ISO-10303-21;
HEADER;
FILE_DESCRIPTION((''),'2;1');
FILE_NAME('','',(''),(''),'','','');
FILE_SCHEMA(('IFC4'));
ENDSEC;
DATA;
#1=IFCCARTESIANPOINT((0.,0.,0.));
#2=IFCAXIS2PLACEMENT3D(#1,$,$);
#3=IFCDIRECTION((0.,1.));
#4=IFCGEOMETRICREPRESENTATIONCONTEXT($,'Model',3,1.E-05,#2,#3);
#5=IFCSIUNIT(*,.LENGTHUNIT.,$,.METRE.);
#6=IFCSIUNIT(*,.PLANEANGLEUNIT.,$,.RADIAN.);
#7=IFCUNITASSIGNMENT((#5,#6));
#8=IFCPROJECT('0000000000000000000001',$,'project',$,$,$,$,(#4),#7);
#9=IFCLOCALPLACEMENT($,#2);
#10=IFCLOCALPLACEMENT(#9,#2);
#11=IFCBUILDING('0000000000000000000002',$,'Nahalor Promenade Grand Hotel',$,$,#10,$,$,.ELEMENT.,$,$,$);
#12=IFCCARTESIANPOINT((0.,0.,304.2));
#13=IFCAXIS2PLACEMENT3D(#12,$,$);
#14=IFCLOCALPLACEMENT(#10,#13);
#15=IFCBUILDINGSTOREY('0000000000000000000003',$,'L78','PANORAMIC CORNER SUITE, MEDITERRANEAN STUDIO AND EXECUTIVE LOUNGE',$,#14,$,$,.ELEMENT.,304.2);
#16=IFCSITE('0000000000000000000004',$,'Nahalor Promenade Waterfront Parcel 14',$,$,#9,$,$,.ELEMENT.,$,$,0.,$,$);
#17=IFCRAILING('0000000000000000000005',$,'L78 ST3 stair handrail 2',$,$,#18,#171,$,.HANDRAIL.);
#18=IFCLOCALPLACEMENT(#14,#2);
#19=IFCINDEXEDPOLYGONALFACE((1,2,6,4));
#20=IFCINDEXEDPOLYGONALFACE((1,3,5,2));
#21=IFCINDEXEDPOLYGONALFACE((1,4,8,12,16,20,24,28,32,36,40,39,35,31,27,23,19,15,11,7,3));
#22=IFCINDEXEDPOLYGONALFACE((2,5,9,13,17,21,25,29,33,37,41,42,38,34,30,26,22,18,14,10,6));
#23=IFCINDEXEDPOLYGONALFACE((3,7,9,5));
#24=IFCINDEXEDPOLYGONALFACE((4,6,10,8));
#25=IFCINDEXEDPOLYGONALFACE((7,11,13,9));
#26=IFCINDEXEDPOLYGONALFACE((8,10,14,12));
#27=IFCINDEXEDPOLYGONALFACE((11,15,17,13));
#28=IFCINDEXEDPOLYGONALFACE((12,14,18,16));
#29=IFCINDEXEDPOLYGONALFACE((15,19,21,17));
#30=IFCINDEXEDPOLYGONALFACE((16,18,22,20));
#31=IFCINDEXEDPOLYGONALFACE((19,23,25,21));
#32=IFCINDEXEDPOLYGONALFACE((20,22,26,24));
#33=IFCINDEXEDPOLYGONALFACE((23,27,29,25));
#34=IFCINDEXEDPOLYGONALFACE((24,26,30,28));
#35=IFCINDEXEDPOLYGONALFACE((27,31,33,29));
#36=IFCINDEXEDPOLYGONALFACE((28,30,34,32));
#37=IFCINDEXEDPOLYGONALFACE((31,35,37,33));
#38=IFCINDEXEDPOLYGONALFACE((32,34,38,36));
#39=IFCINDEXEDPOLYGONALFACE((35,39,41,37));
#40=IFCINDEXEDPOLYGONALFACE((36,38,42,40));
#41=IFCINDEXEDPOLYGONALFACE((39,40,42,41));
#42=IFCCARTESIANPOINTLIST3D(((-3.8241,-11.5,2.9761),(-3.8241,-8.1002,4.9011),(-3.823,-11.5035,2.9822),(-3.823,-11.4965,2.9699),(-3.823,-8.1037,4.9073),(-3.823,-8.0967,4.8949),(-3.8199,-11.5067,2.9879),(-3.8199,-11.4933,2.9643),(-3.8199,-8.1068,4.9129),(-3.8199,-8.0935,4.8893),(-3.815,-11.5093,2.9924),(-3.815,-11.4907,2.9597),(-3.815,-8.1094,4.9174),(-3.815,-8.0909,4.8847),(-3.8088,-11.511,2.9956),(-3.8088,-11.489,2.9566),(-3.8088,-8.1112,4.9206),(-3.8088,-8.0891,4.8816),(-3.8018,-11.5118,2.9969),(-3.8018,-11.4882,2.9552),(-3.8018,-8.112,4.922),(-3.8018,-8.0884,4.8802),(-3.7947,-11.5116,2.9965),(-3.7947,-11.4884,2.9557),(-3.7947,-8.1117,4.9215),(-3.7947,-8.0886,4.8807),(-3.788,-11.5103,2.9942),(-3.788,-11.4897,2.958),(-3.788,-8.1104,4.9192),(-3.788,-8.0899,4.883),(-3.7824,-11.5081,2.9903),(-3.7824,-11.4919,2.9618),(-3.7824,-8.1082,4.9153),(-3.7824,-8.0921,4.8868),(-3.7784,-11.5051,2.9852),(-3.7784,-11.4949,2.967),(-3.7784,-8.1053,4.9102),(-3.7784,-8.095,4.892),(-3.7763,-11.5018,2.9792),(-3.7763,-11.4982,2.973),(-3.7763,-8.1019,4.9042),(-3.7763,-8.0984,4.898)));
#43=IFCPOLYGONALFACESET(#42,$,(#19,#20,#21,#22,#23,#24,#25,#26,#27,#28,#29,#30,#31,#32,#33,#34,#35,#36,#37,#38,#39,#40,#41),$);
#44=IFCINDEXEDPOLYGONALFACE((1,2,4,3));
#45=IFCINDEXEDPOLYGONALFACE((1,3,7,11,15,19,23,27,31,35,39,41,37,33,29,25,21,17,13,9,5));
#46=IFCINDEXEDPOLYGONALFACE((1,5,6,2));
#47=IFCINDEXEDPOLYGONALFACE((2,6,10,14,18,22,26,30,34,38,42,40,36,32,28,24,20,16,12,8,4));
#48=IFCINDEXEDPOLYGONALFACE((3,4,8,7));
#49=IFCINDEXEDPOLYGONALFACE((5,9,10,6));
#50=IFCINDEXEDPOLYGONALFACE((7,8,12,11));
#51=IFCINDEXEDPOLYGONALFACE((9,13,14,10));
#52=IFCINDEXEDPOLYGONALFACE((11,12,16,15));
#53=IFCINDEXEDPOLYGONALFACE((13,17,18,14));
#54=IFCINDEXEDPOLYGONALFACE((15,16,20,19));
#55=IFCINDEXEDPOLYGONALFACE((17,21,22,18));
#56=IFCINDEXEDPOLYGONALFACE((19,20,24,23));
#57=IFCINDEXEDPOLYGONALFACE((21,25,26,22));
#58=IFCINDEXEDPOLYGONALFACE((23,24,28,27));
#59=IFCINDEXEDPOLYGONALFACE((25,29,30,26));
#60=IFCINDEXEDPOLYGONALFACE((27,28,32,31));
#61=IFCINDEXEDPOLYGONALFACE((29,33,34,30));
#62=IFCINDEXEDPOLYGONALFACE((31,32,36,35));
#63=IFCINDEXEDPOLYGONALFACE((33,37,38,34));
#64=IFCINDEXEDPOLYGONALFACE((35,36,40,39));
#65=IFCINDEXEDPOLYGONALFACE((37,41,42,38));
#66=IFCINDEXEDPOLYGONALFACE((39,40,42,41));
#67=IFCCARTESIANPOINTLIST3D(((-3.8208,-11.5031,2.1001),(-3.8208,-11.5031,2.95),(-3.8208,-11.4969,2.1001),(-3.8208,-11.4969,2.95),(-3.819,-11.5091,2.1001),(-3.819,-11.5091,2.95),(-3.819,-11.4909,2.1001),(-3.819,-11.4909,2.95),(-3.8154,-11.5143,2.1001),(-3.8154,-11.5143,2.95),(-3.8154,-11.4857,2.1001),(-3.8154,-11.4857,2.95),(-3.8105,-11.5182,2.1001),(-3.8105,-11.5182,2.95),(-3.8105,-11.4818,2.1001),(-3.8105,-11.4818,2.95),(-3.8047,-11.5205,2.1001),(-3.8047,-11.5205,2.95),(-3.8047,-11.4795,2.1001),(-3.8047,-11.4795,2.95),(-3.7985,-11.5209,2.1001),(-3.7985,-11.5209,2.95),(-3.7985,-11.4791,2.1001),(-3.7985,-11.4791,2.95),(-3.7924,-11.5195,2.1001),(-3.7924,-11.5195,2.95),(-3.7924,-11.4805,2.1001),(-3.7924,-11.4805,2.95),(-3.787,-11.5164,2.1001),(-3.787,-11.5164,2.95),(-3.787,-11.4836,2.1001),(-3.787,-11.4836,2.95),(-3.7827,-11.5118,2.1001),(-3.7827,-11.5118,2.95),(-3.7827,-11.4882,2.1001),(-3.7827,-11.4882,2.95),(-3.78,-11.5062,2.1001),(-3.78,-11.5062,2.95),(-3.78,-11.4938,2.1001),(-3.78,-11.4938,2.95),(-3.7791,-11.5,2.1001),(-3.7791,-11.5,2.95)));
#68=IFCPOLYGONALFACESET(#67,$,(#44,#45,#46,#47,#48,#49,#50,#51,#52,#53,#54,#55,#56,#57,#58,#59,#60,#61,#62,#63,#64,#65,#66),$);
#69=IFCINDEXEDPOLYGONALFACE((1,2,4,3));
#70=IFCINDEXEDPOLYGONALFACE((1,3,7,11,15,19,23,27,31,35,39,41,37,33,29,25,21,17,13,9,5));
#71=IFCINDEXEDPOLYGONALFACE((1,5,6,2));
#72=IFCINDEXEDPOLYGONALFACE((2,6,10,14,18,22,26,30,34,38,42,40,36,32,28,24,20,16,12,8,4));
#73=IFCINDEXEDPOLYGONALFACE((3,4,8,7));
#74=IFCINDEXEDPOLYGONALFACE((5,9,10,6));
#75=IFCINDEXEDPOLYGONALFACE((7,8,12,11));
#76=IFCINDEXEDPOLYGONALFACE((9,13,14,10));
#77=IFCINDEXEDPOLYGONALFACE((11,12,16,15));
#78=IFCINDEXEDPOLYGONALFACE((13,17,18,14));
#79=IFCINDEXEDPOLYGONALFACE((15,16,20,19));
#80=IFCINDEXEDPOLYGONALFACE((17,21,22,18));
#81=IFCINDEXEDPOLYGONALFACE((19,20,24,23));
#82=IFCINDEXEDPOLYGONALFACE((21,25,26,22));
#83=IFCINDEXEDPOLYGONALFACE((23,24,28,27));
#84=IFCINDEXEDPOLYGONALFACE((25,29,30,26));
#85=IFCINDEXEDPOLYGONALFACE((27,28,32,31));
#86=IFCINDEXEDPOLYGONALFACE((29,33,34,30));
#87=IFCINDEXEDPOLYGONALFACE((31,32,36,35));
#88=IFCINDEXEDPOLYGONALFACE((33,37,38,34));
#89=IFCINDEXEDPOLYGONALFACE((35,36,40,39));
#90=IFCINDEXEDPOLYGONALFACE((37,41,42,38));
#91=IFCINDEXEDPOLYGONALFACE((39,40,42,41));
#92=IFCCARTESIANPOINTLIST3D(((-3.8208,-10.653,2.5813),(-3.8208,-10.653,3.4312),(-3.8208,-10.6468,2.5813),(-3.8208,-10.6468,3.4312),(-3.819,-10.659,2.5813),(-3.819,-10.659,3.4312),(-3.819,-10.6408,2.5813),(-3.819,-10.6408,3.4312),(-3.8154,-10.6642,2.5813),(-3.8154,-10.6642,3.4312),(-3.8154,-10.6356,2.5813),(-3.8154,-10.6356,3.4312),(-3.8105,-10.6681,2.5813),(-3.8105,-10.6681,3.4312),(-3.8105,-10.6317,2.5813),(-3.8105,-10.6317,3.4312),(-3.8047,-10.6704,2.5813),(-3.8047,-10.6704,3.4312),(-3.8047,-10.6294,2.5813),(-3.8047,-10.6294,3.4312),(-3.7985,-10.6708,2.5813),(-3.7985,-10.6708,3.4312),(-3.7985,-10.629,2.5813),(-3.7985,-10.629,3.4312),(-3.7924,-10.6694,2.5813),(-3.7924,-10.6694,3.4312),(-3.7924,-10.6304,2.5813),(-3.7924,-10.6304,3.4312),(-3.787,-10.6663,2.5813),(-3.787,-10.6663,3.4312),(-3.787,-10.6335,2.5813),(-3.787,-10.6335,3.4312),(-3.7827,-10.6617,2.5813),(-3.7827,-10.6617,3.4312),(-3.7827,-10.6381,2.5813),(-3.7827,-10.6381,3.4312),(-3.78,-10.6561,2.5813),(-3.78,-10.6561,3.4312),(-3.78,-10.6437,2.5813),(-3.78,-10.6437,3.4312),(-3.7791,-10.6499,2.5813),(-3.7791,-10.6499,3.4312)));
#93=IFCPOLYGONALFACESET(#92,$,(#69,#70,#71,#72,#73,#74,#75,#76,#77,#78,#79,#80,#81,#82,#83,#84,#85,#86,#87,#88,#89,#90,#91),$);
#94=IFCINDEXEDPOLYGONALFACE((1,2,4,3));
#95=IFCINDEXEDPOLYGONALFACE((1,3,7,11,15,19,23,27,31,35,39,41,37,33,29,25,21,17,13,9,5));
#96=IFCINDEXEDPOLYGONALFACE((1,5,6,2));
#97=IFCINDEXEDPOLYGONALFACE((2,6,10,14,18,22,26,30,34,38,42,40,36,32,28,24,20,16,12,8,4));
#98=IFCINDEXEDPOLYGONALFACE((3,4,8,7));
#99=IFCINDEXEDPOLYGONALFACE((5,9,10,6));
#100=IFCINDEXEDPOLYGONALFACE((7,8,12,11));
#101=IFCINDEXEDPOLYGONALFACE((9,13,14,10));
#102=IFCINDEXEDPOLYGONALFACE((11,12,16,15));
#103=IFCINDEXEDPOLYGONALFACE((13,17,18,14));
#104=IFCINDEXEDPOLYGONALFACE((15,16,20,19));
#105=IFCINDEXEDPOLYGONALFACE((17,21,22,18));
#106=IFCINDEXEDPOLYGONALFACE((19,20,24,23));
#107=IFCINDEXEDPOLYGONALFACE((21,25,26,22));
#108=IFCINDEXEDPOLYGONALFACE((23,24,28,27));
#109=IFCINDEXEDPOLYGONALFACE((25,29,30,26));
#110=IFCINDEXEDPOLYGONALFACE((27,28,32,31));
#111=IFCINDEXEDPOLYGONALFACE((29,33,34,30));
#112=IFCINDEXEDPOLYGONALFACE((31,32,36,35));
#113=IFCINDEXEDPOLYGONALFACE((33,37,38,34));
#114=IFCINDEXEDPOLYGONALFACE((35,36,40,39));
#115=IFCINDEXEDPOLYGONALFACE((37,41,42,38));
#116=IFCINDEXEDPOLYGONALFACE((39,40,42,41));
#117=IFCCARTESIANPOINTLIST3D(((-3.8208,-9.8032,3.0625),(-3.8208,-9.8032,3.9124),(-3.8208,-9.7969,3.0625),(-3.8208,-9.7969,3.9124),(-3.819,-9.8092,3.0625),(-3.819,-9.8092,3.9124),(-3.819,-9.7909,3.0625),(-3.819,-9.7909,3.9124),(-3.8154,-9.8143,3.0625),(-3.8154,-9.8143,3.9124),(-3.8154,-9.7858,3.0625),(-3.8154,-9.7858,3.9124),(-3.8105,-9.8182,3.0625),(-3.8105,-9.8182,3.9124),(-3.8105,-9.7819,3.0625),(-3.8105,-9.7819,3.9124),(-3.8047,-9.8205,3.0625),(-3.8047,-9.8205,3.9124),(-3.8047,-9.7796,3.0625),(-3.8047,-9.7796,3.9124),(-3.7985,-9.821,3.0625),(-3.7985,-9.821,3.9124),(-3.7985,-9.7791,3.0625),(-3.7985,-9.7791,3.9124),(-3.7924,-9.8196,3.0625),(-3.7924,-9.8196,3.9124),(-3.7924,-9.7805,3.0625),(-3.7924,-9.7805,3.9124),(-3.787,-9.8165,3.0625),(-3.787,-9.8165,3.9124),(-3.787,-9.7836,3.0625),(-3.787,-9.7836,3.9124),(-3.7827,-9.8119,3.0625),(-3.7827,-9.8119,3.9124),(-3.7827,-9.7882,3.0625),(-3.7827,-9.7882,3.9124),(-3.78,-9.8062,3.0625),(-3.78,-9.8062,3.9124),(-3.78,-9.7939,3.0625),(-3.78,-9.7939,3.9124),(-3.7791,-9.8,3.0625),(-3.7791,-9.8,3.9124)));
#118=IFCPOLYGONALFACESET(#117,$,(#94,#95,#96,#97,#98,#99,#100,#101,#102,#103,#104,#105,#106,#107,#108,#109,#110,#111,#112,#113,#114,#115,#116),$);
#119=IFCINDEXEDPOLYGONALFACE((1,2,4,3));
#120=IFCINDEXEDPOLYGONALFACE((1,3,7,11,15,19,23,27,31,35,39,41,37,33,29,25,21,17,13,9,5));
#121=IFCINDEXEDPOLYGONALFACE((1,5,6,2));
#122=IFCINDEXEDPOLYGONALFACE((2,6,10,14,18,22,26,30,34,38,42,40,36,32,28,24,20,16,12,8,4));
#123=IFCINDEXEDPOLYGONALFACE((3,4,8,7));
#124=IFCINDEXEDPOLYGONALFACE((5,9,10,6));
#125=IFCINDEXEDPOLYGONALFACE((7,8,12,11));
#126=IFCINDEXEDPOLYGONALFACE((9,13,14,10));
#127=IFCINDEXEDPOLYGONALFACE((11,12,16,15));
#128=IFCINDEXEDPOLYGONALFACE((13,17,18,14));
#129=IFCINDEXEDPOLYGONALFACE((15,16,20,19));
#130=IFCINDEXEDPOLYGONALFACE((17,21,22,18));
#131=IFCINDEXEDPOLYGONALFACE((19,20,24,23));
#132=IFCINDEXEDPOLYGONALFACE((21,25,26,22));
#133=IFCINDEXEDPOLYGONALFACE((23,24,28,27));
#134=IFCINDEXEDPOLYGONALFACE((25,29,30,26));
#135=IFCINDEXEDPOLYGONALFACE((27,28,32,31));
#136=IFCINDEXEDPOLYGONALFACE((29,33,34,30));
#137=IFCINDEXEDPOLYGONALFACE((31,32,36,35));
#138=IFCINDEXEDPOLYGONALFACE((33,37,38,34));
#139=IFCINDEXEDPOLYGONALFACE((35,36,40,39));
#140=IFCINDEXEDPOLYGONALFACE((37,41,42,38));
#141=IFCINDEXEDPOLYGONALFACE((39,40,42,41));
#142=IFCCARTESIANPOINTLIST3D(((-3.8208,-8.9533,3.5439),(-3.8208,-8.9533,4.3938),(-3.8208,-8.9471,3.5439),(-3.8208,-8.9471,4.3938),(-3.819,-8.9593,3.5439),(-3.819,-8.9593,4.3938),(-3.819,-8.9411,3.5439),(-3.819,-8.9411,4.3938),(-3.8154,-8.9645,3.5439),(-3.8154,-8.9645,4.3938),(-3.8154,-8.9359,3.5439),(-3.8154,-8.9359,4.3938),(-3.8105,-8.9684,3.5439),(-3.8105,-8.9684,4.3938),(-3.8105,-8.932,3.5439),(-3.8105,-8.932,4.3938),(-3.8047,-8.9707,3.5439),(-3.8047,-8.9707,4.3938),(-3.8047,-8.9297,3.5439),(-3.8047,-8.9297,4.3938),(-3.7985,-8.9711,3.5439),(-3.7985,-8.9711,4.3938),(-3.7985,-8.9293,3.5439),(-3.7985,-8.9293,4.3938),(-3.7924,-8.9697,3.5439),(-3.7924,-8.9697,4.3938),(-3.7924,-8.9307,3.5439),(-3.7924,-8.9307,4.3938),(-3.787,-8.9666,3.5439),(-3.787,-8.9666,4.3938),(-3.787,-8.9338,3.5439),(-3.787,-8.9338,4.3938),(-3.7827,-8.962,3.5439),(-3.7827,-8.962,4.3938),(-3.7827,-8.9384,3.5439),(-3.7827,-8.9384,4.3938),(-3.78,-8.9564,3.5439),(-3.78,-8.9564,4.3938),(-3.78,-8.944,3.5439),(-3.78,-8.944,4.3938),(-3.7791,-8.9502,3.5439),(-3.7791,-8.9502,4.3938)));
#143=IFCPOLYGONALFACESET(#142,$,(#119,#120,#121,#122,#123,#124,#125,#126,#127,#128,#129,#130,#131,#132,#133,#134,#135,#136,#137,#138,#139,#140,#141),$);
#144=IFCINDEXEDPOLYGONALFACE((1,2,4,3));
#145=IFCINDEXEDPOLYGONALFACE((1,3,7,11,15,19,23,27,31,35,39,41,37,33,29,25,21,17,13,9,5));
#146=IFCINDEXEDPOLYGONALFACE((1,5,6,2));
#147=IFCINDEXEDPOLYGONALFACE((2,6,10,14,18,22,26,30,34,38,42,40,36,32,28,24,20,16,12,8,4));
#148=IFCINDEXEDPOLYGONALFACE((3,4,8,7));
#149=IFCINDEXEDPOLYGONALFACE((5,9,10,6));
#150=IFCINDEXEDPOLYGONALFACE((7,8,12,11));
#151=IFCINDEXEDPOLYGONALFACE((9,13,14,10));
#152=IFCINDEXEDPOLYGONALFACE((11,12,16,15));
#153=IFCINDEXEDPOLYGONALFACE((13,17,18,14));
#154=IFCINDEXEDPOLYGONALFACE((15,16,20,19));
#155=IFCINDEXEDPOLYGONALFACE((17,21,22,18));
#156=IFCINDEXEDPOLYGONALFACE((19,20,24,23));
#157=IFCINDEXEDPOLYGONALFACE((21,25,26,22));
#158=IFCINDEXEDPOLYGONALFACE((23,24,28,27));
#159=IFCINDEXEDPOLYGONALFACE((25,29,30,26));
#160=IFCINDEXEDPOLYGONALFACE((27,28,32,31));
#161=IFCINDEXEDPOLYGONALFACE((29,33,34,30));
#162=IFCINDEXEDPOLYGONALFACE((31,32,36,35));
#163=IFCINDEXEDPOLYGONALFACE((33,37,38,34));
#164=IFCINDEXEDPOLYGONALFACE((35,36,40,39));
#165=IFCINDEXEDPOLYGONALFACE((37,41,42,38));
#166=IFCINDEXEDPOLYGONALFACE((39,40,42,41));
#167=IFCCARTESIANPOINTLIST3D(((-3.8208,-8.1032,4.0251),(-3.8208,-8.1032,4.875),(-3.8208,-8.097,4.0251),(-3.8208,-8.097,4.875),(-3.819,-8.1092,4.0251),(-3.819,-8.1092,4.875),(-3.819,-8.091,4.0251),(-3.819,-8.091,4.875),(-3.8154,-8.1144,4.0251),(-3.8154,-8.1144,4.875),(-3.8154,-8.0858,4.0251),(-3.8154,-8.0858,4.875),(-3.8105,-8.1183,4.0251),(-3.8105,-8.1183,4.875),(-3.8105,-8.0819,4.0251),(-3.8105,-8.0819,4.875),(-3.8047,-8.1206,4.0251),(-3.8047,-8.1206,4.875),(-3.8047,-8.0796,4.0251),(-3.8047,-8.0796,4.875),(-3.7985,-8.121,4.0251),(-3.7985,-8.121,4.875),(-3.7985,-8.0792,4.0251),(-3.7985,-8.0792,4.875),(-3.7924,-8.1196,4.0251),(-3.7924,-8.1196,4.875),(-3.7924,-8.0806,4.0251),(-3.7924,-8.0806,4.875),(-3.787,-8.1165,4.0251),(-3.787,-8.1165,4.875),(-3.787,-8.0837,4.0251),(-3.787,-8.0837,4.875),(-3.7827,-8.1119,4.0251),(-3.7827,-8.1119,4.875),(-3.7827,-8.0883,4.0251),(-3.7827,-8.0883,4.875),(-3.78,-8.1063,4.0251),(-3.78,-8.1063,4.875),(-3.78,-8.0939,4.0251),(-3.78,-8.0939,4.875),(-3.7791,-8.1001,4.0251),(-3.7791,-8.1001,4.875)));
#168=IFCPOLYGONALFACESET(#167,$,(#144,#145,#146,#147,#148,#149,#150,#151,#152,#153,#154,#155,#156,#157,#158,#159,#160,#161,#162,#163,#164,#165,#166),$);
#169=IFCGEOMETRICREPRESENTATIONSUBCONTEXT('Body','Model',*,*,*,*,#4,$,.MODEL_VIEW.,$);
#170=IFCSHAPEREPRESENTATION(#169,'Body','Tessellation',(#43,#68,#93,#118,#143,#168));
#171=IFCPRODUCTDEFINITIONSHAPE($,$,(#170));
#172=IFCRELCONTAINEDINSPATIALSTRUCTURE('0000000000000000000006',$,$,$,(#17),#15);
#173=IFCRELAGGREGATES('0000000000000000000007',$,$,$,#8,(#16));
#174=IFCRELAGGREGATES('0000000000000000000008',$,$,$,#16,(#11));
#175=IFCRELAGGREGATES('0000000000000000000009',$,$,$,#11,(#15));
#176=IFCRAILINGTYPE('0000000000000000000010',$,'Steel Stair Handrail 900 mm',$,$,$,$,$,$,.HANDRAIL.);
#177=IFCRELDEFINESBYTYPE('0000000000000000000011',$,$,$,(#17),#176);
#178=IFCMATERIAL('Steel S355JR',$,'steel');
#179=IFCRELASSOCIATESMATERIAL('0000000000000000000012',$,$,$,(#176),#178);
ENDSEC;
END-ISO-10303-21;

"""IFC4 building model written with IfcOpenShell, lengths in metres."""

from ifc_helpers import new_model, si_unit, direction, frame, origin, origin_2d, place, context, subcontext, project, spatial, circle, extrude, material, type_object, element, save


model = new_model("IFC4")

# Units and contexts
model_context = context("Model", 3, precision=1e-05, world=origin(), true_north=direction((0.0, 1.0)))
body_context = subcontext(model_context, "Body", "Model", "MODEL_VIEW")
ifc_project = project(units=[si_unit("LENGTHUNIT", "METRE"), si_unit("PLANEANGLEUNIT", "RADIAN")], contexts=[model_context])

# Site, building, storey
site_placement = place(None, origin())
site = spatial("IfcSite", under=ifc_project, at=site_placement, Name="Nahalor Promenade Waterfront Parcel 14", CompositionType="ELEMENT", RefElevation=0.0)
building_placement = place(site_placement, origin())
building = spatial("IfcBuilding", under=site, at=building_placement, Name="Nahalor Promenade Grand Hotel", CompositionType="ELEMENT")
storey_placement = place(building_placement, frame((0.0, 0.0, 304.2)))
storey = spatial("IfcBuildingStorey", under=building, at=storey_placement, Name="L78", Description="PANORAMIC CORNER SUITE, MEDITERRANEAN STUDIO AND EXECUTIVE LOUNGE", CompositionType="ELEMENT", Elevation=304.2)

# Shared definitions
ifc_material_1 = material(Name="Steel S355JR", Category="steel")

# Railing
railing_type_1 = type_object("IfcRailingType", Name="Steel Stair Handrail 900 mm", PredefinedType="HANDRAIL", material=ifc_material_1)
railing_1_placement = place(storey_placement, frame((-3.8, -11.5, 2.1001)))
element("IfcRailing", 1, at=railing_1_placement, inside=storey, type_object=railing_type_1, Name="L78 ST3 stair handrail 2", PredefinedType="HANDRAIL", context=body_context, shape_type="SweptSolid", body=[
    extrude(circle(Radius=0.024, at=origin_2d()), frame((0.0, 0.0, 0.876), z_axis=(0.0, 0.870194, 0.49271), x_axis=(-1.0, 0.0, 0.0)), (0.0, 0.0, 1.0), 3.907),
    extrude(circle(Radius=0.021, at=origin_2d()), origin(), (0.0, 0.0, 1.0), 0.8499),
    extrude(circle(Radius=0.021, at=origin_2d()), frame((0.0, 0.8501, 0.4812)), (0.0, 0.0, 1.0), 0.8499),
    extrude(circle(Radius=0.021, at=origin_2d()), frame((0.0, 1.7, 0.9624)), (0.0, 0.0, 1.0), 0.8499),
    extrude(circle(Radius=0.021, at=origin_2d()), frame((0.0, 2.5498, 1.4438)), (0.0, 0.0, 1.0), 0.8499),
    extrude(circle(Radius=0.021, at=origin_2d()), frame((0.0, 3.3999, 1.925)), (0.0, 0.0, 1.0), 0.8499),
])

save(model, "model.ifc")
